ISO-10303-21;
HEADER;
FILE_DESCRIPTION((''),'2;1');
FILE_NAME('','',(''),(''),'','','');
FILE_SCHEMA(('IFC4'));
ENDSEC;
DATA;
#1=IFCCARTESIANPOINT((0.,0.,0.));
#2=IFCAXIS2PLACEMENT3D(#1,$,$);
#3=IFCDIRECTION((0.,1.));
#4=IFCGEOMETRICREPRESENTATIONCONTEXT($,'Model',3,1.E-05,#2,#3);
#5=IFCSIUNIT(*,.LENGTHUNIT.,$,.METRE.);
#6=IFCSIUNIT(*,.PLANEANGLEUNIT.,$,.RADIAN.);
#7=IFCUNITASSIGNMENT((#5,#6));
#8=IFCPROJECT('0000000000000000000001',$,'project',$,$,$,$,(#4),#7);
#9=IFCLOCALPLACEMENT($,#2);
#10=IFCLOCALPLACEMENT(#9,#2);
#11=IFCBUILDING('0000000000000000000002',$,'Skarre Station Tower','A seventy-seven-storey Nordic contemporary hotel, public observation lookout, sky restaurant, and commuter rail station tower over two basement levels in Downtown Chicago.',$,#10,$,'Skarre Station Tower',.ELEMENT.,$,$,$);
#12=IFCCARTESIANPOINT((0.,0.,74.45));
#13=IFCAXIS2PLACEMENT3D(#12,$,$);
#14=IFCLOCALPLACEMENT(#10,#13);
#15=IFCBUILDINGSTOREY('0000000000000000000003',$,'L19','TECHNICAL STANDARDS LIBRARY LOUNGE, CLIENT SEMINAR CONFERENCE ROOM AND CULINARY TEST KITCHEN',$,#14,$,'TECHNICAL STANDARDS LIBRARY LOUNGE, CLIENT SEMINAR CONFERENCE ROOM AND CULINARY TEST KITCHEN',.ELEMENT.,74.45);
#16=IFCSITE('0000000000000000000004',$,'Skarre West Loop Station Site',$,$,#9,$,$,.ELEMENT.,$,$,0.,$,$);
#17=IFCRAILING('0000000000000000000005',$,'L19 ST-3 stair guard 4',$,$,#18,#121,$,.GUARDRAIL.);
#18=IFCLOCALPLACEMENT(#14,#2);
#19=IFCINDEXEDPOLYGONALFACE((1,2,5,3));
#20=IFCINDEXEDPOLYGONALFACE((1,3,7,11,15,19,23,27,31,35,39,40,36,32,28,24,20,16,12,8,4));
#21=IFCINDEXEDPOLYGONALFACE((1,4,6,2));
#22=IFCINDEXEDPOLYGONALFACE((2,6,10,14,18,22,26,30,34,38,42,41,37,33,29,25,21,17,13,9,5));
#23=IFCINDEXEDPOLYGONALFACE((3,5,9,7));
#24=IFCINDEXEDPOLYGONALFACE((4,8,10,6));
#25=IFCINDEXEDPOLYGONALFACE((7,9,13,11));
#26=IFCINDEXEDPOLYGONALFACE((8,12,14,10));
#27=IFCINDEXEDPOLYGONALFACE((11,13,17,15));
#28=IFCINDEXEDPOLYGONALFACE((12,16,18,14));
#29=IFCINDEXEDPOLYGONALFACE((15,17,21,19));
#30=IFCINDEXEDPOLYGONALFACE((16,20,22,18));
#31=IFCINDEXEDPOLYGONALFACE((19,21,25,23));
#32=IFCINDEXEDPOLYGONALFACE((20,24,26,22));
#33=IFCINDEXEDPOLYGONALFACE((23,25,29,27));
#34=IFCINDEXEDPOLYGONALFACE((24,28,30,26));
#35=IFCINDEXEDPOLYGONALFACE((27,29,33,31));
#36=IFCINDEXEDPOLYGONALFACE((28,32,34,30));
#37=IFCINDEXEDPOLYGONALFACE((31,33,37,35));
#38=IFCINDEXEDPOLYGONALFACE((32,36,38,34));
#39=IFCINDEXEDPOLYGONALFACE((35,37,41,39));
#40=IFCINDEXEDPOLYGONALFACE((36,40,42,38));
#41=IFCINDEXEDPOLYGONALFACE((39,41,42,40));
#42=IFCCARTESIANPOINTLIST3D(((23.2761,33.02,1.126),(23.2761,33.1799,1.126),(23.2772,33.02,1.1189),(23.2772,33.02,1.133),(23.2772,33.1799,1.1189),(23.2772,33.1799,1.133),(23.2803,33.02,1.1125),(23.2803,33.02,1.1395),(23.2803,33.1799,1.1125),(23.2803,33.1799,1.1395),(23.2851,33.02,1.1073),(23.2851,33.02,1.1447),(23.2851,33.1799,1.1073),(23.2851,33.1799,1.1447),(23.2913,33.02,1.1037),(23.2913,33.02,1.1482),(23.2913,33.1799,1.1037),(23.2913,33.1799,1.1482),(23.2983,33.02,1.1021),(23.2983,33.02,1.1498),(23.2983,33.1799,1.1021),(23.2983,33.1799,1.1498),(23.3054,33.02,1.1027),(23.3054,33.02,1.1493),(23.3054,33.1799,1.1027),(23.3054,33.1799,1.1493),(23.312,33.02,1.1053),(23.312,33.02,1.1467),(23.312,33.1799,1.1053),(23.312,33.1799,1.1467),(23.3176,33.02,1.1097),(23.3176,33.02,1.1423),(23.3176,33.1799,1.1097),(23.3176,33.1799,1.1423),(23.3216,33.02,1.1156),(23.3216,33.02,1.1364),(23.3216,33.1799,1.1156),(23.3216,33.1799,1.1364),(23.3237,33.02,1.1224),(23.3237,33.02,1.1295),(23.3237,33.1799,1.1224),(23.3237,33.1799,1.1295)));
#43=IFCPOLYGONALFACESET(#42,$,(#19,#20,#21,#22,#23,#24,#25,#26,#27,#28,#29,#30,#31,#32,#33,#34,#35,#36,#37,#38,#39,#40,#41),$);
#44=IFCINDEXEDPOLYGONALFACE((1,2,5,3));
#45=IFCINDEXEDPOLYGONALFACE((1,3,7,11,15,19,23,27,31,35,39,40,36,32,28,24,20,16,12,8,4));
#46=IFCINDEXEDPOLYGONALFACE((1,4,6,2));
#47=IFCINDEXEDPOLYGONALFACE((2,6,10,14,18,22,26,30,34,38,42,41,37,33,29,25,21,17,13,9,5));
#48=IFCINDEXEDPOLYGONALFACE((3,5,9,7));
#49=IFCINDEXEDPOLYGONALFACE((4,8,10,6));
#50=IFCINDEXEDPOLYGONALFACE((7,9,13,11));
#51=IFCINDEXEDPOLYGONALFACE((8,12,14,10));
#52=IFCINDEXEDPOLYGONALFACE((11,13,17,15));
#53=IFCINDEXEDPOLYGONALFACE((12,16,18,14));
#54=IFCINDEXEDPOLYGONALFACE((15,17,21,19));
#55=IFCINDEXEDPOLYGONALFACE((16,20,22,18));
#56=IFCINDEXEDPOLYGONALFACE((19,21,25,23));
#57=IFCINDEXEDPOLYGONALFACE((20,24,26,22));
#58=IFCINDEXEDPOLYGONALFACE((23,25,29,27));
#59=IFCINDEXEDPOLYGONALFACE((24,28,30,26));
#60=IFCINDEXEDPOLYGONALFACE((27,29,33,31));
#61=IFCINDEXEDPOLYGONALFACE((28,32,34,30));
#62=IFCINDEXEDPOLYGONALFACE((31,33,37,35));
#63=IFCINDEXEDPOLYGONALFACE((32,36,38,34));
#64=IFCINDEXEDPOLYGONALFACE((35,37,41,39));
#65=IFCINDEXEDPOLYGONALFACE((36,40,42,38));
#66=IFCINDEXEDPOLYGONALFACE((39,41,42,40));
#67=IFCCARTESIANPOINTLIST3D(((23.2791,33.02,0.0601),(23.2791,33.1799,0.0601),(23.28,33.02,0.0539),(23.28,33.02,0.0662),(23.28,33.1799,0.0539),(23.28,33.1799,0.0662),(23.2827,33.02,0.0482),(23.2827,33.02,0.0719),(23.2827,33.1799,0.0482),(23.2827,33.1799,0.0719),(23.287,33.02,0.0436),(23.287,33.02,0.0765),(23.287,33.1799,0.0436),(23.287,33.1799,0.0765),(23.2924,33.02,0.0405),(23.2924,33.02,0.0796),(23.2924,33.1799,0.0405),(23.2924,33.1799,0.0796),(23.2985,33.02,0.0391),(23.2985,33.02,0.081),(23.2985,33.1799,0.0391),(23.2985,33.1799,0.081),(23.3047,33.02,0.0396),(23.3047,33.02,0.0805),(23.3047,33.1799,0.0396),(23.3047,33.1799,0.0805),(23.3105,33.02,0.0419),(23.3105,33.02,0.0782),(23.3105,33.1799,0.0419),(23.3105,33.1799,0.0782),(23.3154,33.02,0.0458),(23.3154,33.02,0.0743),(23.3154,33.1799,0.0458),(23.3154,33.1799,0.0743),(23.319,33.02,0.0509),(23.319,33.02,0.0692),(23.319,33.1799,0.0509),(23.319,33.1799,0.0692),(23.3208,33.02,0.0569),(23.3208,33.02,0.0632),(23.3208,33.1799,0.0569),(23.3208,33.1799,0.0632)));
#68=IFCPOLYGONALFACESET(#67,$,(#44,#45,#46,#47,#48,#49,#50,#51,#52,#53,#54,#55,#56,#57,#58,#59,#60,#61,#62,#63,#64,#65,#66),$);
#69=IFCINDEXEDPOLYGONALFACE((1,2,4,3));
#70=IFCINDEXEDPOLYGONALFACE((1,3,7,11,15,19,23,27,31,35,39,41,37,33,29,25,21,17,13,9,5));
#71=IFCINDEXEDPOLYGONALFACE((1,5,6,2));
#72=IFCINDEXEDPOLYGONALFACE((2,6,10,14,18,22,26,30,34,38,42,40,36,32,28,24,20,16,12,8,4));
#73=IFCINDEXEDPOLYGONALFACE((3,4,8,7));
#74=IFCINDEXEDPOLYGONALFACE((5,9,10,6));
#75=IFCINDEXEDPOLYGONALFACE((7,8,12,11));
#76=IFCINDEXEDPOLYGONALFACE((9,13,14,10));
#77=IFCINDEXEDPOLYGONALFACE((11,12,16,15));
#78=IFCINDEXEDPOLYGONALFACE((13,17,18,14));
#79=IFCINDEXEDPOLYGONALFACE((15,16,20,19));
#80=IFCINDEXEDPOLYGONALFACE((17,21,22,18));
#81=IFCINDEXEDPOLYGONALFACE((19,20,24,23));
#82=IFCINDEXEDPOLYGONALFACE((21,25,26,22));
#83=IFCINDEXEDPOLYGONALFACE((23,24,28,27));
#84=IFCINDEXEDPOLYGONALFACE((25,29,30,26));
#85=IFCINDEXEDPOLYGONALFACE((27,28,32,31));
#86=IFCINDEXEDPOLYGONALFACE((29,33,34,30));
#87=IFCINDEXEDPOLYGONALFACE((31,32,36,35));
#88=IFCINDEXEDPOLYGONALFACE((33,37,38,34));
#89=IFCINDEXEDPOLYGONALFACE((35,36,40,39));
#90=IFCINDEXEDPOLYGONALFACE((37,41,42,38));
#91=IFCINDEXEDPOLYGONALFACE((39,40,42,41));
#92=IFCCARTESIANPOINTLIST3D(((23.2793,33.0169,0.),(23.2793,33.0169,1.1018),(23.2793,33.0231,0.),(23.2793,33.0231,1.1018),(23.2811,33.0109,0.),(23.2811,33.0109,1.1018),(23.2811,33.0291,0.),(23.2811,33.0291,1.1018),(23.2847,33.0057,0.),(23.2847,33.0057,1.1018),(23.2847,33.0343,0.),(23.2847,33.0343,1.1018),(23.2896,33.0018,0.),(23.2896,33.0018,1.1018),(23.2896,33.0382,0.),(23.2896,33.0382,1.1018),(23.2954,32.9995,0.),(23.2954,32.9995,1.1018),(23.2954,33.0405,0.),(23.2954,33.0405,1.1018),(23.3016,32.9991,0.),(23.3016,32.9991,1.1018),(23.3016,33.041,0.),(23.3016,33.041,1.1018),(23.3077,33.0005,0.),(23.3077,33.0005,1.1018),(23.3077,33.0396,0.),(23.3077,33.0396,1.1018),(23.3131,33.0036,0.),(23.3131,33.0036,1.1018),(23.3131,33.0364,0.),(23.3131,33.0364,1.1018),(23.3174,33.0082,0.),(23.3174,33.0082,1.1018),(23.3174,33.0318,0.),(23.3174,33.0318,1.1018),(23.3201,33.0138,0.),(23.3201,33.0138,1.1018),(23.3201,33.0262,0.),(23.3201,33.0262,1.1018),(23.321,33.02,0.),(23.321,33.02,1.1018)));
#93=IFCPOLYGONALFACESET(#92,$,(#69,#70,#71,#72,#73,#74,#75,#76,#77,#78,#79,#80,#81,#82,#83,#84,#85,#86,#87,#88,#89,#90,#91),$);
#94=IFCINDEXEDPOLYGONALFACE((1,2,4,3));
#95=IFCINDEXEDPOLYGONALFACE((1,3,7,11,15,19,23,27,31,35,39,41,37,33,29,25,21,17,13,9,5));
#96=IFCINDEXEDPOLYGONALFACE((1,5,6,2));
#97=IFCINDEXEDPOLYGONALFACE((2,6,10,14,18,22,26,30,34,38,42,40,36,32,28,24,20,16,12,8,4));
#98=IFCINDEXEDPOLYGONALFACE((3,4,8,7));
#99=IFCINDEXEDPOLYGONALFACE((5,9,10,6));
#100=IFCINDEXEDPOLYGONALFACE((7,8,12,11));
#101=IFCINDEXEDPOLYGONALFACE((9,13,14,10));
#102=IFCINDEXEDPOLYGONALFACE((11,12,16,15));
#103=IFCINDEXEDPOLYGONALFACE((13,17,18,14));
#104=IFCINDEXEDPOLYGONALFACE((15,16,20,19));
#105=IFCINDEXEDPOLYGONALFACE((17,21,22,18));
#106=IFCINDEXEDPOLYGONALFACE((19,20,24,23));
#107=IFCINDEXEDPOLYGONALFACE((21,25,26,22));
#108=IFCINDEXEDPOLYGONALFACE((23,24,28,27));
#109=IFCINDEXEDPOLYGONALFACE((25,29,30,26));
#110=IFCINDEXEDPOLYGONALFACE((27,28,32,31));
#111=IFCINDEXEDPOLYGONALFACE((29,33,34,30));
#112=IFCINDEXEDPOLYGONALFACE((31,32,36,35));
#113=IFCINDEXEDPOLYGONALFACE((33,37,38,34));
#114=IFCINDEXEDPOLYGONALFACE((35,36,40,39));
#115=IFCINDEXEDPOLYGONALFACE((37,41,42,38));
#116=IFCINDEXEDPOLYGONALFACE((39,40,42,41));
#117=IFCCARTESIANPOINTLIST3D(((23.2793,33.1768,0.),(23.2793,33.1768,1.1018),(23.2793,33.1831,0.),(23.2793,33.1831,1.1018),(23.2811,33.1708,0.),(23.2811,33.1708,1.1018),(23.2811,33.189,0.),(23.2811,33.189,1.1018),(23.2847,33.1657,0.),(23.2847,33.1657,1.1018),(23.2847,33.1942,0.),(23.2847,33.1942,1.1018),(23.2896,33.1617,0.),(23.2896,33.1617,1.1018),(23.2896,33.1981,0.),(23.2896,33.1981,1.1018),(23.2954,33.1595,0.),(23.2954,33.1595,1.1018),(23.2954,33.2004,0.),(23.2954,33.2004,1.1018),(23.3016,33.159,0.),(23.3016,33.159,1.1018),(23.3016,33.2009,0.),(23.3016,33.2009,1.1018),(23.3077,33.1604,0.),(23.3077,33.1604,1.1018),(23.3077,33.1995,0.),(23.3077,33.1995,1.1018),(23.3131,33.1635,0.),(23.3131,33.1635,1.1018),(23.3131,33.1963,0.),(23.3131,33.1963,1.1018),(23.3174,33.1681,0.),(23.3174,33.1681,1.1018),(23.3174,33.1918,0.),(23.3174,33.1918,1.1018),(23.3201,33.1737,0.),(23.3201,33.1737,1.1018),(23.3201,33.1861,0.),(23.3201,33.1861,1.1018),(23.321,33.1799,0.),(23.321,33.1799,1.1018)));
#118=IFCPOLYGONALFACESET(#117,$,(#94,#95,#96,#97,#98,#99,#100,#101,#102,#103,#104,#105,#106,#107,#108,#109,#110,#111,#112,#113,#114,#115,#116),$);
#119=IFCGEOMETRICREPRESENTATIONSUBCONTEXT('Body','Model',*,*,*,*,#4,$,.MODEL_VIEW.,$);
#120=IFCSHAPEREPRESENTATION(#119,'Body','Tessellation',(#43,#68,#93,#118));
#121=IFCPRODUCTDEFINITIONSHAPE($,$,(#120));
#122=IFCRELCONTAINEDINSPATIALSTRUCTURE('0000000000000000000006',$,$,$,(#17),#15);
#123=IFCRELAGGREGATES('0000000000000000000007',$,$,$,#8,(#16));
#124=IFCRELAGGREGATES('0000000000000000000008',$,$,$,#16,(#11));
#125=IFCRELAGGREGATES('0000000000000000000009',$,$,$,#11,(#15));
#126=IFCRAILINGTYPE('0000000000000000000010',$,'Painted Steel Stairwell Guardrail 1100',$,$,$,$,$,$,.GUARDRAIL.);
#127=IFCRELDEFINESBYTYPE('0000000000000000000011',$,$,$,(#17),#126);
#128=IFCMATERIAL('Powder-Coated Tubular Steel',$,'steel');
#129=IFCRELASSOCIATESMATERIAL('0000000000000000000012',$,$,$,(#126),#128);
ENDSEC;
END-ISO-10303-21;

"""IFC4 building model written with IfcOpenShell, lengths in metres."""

from ifc_helpers import new_model, si_unit, direction, frame, origin, origin_2d, place, context, subcontext, project, spatial, circle, extrude, material, type_object, element, save


model = new_model("IFC4")

# Units and contexts
model_context = context("Model", 3, precision=1e-05, world=origin(), true_north=direction((0.0, 1.0)))
body_context = subcontext(model_context, "Body", "Model", "MODEL_VIEW")
ifc_project = project(units=[si_unit("LENGTHUNIT", "METRE"), si_unit("PLANEANGLEUNIT", "RADIAN")], contexts=[model_context])

# Site, building, storey
site_placement = place(None, origin())
site = spatial("IfcSite", under=ifc_project, at=site_placement, Name="Skarre West Loop Station Site", CompositionType="ELEMENT", RefElevation=0.0)
building_placement = place(site_placement, origin())
building = spatial("IfcBuilding", under=site, at=building_placement, Name="Skarre Station Tower", Description="A seventy-seven-storey Nordic contemporary hotel, public observation lookout, sky restaurant, and commuter rail station tower over two basement levels in Downtown Chicago.", LongName="Skarre Station Tower", CompositionType="ELEMENT")
storey_placement = place(building_placement, frame((0.0, 0.0, 74.45)))
storey = spatial("IfcBuildingStorey", under=building, at=storey_placement, Name="L19", Description="TECHNICAL STANDARDS LIBRARY LOUNGE, CLIENT SEMINAR CONFERENCE ROOM AND CULINARY TEST KITCHEN", LongName="TECHNICAL STANDARDS LIBRARY LOUNGE, CLIENT SEMINAR CONFERENCE ROOM AND CULINARY TEST KITCHEN", CompositionType="ELEMENT", Elevation=74.45)

# Railing
ifc_material_1 = material(Name="Powder-Coated Tubular Steel", Category="steel")
railing_type_1 = type_object("IfcRailingType", Name="Painted Steel Stairwell Guardrail 1100", PredefinedType="GUARDRAIL", material=ifc_material_1)
railing_1_placement = place(storey_placement, frame((23.3, 33.02, 0.0)))
element("IfcRailing", 1, at=railing_1_placement, inside=storey, type_object=railing_type_1, Name="L19 ST-3 stair guard 4", PredefinedType="GUARDRAIL", context=body_context, shape_type="SweptSolid", body=[
    extrude(circle(Radius=0.0239, at=origin_2d()), frame((0.0, 0.0, 1.126), z_axis=(0.0, 1.0, 0.0), x_axis=(-1.0, 0.0, 0.0)), (0.0, 0.0, 1.0), 0.1599),
    extrude(circle(Radius=0.021, at=origin_2d()), frame((0.0, 0.0, 0.0601), z_axis=(0.0, 1.0, 0.0), x_axis=(-1.0, 0.0, 0.0)), (0.0, 0.0, 1.0), 0.1599),
    extrude(circle(Radius=0.021, at=origin_2d()), origin(), (0.0, 0.0, 1.0), 1.1018),
    extrude(circle(Radius=0.021, at=origin_2d()), frame((0.0, 0.1599, 0.0)), (0.0, 0.0, 1.0), 1.1018),
])

save(model, "model.ifc")
